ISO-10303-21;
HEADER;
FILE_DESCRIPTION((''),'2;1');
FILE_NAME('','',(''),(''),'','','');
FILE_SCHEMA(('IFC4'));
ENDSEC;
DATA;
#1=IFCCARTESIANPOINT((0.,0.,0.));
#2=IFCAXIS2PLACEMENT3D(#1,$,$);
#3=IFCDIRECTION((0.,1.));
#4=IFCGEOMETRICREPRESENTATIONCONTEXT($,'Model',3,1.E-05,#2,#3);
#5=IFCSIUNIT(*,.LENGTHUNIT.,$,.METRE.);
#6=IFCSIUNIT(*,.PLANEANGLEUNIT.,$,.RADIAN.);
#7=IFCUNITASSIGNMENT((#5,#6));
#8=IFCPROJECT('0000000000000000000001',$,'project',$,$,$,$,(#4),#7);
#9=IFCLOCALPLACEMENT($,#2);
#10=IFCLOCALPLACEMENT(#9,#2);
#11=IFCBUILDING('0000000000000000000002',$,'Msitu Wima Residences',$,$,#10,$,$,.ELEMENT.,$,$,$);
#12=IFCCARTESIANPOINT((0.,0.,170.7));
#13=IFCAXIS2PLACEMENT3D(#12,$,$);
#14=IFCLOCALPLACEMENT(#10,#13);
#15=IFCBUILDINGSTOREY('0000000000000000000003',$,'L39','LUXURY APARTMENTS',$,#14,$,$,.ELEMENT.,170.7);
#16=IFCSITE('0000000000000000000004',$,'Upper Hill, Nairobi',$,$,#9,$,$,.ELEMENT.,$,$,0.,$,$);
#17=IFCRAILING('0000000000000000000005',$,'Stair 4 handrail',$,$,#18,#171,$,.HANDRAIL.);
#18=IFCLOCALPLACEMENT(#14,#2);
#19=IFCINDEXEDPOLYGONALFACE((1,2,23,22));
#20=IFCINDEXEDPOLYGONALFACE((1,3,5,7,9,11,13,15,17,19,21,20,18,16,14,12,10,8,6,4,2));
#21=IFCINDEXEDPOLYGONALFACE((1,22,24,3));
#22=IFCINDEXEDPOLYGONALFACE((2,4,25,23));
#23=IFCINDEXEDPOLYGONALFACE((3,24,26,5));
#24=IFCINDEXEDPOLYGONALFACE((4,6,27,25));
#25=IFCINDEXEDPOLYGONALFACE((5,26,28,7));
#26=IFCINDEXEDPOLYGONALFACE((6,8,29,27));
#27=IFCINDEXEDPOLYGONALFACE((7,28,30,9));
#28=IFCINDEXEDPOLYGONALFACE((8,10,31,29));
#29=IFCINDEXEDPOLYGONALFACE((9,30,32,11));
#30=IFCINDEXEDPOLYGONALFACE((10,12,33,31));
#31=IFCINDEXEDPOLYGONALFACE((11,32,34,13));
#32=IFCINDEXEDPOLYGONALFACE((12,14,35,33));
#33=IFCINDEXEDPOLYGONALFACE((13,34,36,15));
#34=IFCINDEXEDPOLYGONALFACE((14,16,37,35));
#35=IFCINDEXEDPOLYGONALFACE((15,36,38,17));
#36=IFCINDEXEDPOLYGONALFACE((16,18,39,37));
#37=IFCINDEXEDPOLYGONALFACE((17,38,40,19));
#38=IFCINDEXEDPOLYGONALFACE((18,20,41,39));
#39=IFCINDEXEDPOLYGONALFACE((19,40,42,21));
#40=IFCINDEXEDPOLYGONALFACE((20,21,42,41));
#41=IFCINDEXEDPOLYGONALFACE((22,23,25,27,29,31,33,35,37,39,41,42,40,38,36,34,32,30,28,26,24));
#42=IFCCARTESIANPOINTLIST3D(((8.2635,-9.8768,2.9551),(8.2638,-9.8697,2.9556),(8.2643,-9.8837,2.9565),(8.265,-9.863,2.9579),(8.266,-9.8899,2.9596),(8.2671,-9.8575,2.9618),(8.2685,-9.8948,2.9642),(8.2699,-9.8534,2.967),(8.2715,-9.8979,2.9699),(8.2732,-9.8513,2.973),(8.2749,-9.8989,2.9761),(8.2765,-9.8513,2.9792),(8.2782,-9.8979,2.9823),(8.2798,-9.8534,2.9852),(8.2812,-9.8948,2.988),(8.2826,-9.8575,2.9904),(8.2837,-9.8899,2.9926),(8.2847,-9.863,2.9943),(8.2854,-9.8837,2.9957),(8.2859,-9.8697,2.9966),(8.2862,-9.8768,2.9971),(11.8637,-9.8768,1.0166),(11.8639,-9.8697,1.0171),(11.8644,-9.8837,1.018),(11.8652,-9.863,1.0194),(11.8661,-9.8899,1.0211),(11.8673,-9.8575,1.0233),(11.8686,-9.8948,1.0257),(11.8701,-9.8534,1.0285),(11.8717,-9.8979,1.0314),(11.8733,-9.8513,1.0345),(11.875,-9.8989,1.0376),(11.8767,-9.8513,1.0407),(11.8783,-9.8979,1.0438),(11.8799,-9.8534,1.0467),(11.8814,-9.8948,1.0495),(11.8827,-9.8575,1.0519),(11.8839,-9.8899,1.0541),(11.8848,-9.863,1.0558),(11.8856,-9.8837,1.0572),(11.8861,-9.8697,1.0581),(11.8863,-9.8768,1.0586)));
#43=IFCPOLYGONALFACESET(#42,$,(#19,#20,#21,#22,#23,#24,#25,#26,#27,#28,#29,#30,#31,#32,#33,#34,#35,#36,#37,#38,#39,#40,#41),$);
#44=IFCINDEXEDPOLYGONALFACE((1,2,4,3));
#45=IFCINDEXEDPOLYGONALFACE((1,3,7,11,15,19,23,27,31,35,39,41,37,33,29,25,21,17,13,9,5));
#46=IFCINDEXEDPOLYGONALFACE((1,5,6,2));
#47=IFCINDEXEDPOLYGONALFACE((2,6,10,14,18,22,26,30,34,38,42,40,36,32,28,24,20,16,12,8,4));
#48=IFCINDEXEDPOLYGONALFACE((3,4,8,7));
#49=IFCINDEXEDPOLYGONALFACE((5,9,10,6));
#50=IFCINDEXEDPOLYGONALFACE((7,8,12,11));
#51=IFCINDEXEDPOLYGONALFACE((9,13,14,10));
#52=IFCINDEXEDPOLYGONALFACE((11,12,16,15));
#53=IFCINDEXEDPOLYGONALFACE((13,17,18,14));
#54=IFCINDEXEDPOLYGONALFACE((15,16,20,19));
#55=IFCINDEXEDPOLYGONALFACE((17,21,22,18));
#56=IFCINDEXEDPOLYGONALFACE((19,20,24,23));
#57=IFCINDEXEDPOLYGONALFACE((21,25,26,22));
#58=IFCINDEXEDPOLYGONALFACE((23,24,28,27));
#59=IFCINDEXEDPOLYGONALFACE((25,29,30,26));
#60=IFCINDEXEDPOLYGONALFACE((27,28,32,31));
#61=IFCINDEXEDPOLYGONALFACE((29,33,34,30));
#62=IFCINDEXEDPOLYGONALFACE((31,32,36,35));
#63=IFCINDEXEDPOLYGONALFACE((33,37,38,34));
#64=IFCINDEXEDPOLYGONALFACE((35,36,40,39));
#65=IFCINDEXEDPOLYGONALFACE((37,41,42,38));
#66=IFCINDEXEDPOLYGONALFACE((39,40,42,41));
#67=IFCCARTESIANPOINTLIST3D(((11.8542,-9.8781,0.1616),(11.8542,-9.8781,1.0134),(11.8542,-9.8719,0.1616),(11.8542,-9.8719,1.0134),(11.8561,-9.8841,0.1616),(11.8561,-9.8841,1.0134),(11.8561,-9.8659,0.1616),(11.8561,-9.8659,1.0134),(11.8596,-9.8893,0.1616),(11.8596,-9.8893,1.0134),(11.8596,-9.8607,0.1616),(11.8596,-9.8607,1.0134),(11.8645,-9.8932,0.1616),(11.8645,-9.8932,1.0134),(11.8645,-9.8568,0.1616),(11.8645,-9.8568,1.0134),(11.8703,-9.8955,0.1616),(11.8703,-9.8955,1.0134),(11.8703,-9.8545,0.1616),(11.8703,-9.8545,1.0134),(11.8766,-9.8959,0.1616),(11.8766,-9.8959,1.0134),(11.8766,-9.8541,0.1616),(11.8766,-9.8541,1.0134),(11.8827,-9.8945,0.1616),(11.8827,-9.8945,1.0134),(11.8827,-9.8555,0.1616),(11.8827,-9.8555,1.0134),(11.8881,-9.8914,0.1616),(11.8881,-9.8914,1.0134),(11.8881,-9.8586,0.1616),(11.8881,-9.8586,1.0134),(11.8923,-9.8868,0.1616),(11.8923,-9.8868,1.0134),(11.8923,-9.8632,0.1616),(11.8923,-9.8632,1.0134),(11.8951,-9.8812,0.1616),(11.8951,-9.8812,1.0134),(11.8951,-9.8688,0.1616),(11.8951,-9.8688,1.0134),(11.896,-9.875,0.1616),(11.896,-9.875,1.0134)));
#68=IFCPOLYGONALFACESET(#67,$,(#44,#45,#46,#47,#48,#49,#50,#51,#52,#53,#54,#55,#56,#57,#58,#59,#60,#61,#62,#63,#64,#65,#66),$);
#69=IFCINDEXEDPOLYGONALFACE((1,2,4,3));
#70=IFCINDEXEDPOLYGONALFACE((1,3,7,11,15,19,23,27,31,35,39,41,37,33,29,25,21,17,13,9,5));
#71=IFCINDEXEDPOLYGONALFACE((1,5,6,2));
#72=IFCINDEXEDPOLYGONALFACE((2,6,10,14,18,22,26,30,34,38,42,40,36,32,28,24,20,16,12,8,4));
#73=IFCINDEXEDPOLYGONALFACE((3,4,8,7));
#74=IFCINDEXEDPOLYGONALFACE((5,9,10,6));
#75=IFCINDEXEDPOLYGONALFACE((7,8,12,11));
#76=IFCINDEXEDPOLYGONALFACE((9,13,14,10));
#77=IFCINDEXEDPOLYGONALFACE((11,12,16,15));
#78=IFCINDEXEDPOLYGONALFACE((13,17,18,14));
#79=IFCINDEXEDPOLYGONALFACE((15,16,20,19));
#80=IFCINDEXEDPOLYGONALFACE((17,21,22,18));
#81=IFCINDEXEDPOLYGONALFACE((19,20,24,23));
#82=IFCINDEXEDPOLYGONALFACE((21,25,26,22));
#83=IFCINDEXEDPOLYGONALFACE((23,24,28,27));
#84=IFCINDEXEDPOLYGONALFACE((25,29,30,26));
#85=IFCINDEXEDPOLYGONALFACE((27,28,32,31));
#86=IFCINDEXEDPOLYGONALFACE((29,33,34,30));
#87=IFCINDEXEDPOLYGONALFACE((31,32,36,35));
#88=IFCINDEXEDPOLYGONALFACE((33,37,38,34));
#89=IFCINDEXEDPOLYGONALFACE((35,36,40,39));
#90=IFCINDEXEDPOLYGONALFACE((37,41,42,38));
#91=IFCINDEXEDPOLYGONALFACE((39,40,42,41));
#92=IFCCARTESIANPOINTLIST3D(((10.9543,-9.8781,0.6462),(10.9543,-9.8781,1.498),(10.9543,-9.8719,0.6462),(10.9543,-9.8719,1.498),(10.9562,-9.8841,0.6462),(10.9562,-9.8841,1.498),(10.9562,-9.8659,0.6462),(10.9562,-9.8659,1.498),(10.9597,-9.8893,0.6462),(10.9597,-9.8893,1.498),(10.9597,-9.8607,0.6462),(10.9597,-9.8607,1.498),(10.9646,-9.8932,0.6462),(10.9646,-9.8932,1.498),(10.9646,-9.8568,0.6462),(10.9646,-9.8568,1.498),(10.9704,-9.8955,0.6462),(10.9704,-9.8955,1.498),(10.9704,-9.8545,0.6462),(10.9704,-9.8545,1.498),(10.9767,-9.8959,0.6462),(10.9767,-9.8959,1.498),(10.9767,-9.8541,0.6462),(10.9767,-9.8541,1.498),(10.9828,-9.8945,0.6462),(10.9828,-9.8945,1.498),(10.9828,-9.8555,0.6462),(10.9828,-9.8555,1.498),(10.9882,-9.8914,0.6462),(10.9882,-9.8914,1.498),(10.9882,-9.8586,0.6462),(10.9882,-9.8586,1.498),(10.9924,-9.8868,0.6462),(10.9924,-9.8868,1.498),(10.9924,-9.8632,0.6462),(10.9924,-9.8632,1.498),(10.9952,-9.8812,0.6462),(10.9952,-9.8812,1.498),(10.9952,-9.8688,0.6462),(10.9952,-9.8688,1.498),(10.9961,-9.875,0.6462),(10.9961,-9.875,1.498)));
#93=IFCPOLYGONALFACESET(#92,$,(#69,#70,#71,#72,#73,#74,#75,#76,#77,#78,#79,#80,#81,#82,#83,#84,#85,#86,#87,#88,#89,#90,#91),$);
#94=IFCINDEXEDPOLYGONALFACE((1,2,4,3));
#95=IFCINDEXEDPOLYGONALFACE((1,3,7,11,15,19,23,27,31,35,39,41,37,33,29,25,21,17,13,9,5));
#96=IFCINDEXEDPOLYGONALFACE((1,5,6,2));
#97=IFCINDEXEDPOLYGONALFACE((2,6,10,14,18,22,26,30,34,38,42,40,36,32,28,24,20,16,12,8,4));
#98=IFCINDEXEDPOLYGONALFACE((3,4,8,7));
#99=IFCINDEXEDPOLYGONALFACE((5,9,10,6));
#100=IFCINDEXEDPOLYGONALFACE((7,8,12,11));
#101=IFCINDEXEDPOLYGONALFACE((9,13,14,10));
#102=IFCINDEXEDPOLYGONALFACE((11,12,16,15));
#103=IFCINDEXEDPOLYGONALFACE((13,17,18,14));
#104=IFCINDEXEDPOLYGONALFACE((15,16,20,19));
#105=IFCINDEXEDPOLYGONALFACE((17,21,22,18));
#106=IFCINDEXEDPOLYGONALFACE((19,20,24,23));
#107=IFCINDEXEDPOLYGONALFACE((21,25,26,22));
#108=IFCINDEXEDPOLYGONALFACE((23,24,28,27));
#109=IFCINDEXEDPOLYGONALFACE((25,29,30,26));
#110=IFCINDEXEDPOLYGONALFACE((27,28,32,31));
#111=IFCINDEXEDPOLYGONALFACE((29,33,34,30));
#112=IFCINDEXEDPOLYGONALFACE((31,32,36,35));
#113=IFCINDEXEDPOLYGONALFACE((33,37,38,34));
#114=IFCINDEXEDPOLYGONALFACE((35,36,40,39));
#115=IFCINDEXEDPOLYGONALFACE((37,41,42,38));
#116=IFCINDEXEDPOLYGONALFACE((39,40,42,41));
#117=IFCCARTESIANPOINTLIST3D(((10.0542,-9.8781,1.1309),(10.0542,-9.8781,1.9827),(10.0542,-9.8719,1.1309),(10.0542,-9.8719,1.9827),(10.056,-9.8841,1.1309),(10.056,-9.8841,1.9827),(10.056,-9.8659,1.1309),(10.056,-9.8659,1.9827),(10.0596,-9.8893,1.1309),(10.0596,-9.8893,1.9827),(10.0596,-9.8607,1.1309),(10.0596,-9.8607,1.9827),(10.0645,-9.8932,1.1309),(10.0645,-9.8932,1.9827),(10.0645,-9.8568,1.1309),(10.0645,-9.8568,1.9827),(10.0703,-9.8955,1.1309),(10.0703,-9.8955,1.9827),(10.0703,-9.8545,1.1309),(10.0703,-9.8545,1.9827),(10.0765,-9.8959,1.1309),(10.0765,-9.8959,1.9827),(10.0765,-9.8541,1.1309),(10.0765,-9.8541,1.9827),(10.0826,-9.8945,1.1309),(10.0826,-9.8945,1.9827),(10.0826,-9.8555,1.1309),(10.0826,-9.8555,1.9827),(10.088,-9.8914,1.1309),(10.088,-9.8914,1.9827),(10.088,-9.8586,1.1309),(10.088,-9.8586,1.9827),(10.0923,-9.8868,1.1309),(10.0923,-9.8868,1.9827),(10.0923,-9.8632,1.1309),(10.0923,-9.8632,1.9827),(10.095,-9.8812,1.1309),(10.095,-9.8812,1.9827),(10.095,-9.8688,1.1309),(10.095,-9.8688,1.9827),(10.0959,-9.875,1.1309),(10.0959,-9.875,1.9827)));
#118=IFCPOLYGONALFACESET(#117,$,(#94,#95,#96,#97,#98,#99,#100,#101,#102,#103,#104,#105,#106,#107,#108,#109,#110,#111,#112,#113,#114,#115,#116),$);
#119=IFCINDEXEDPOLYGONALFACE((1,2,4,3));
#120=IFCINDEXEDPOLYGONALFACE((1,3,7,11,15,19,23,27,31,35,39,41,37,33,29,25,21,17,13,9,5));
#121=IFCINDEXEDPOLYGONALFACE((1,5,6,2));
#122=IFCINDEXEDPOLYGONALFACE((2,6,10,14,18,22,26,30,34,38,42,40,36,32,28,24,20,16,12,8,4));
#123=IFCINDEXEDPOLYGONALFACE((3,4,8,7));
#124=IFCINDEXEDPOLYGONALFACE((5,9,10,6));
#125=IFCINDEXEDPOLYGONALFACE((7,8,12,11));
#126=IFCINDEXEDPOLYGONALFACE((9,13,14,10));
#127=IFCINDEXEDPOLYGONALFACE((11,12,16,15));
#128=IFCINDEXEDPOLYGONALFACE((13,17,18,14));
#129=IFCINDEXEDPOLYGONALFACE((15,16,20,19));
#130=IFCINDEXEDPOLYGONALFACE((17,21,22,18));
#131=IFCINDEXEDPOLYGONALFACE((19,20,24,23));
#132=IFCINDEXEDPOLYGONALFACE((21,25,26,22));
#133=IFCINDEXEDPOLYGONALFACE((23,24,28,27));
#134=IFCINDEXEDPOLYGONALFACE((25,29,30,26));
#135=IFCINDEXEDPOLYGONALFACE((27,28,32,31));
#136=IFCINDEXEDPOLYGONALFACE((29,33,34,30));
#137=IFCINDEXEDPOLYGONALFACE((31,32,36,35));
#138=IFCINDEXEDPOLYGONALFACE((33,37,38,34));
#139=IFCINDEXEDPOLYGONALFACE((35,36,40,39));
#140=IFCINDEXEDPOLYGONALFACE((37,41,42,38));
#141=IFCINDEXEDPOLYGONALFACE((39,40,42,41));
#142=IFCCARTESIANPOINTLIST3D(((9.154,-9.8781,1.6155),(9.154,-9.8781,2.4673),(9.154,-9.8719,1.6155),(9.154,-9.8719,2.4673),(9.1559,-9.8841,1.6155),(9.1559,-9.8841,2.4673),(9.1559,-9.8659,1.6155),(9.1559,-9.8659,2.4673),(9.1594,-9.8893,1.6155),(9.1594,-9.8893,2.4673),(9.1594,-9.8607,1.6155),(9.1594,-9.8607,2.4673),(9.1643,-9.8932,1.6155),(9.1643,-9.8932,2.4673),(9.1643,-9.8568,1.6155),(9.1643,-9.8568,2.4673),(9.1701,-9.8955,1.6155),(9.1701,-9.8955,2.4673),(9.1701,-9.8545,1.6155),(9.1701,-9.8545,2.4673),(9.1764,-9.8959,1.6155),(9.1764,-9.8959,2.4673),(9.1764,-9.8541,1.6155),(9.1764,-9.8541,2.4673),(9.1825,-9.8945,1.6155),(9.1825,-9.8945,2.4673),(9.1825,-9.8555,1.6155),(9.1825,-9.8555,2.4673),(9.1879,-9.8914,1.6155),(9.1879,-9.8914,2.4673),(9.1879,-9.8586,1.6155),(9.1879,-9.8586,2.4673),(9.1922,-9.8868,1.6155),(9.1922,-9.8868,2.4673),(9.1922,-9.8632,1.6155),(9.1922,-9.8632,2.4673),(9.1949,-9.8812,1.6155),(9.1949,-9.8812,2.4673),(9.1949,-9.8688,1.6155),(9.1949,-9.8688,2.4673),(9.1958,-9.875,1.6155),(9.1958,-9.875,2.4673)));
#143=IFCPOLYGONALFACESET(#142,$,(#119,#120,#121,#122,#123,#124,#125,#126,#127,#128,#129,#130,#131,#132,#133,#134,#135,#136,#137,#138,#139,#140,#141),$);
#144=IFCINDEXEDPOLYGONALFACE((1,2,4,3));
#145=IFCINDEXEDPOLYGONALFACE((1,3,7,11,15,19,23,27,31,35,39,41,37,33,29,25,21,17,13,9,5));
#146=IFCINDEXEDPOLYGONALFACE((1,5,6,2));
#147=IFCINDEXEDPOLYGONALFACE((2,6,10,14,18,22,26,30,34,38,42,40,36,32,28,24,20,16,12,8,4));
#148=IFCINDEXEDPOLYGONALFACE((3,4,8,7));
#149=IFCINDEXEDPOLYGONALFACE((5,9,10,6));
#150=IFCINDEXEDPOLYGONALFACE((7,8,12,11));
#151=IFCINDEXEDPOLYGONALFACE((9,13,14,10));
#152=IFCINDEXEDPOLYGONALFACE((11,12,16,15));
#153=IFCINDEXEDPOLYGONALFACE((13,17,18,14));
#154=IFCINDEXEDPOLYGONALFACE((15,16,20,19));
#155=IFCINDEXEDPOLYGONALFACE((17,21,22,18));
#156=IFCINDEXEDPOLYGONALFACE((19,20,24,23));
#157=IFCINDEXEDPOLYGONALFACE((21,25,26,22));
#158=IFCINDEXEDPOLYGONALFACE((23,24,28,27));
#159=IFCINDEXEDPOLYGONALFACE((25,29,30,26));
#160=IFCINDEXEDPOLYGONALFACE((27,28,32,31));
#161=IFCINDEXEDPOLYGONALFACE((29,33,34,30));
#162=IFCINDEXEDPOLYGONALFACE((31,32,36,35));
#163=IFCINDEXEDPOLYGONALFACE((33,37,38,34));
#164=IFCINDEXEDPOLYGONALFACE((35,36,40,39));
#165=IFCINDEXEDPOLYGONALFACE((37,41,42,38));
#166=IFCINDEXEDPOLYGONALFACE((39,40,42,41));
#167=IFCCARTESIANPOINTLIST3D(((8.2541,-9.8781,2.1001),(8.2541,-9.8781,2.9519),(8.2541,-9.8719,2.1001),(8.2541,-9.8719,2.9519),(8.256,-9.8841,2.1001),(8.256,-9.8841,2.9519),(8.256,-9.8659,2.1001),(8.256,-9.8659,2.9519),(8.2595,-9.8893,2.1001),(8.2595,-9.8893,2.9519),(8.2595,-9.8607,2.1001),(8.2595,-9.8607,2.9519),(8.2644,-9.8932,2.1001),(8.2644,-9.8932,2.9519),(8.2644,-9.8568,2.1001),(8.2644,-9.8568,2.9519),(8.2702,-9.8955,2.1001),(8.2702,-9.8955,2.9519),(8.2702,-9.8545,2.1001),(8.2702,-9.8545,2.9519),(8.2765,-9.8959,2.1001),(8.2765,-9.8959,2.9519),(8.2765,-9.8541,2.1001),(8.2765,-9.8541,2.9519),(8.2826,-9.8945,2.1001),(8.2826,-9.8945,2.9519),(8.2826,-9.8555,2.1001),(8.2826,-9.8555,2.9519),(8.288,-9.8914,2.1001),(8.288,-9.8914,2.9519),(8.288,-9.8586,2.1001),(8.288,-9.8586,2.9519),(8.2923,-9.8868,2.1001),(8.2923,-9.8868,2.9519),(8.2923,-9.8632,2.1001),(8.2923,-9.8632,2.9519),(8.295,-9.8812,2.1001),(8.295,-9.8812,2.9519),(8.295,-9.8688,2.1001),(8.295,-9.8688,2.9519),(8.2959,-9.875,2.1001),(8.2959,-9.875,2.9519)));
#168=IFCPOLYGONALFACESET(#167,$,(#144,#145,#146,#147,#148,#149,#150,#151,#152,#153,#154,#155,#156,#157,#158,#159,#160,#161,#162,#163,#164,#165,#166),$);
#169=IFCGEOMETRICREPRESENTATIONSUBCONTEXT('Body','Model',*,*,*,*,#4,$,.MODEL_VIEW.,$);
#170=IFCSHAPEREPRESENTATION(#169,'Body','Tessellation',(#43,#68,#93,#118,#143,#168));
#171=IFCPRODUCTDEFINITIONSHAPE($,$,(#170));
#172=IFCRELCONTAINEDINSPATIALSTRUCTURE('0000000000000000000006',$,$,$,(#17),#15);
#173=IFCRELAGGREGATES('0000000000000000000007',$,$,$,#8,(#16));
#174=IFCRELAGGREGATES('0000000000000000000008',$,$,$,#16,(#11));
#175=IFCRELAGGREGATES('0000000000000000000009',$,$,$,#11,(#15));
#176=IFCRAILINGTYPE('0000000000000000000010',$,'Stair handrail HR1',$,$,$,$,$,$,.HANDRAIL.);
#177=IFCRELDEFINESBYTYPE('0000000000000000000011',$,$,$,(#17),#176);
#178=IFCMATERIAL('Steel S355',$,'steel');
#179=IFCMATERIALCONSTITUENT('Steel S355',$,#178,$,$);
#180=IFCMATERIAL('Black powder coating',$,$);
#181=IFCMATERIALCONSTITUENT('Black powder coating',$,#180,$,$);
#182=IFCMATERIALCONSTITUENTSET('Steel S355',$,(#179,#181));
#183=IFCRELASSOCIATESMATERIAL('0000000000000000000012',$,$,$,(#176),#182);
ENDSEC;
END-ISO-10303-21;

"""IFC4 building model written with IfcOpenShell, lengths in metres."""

from ifc_helpers import new_model, si_unit, direction, frame, origin, origin_2d, place, context, subcontext, project, spatial, circle, extrude, material, constituent, constituent_set, type_object, element, save


model = new_model("IFC4")

# Units and contexts
model_context = context("Model", 3, precision=1e-05, world=origin(), true_north=direction((0.0, 1.0)))
body_context = subcontext(model_context, "Body", "Model", "MODEL_VIEW")
ifc_project = project(units=[si_unit("LENGTHUNIT", "METRE"), si_unit("PLANEANGLEUNIT", "RADIAN")], contexts=[model_context])

# Site, building, storey
site_placement = place(None, origin())
site = spatial("IfcSite", under=ifc_project, at=site_placement, Name="Upper Hill, Nairobi", CompositionType="ELEMENT", RefElevation=0.0)
building_placement = place(site_placement, origin())
building = spatial("IfcBuilding", under=site, at=building_placement, Name="Msitu Wima Residences", CompositionType="ELEMENT")
storey_placement = place(building_placement, frame((0.0, 0.0, 170.7)))
storey = spatial("IfcBuildingStorey", under=building, at=storey_placement, Name="L39", Description="LUXURY APARTMENTS", CompositionType="ELEMENT", Elevation=170.7)

# Railing
ifc_material_1 = material(Name="Steel S355", Category="steel")
ifc_constituent_1 = constituent(ifc_material_1, Name="Steel S355")
ifc_material_2 = material(Name="Black powder coating")
ifc_constituent_2 = constituent(ifc_material_2, Name="Black powder coating")
ifc_constituent_set = constituent_set(constituents=[ifc_constituent_1, ifc_constituent_2], Name="Steel S355")
railing_type = type_object("IfcRailingType", Name="Stair handrail HR1", PredefinedType="HANDRAIL", material=ifc_constituent_set)
for number, where, name in (
    (1, (11.875, -9.875, 0.1616), "Stair 4 handrail"),
):
    element("IfcRailing", number, at=place(storey_placement, frame(where)), inside=storey, type_object=railing_type, Name=name, PredefinedType="HANDRAIL", context=body_context, shape_type="SweptSolid", body=[
        extrude(circle(Radius=0.0239, at=origin_2d()), frame((0.0, 0.0, 0.876), z_axis=(-0.880475, 0.0, 0.474093), x_axis=(0.0, -1.0, 0.0)), (0.0, 0.0, 1.0), 4.0889),
        extrude(circle(Radius=0.021, at=origin_2d()), origin(), (0.0, 0.0, 1.0), 0.8518),
        extrude(circle(Radius=0.021, at=origin_2d()), frame((-0.8999, 0.0, 0.4846)), (0.0, 0.0, 1.0), 0.8518),
        extrude(circle(Radius=0.021, at=origin_2d()), frame((-1.8, 0.0, 0.9692)), (0.0, 0.0, 1.0), 0.8518),
        extrude(circle(Radius=0.021, at=origin_2d()), frame((-2.7002, 0.0, 1.4539)), (0.0, 0.0, 1.0), 0.8518),
        extrude(circle(Radius=0.021, at=origin_2d()), frame((-3.6001, 0.0, 1.9385)), (0.0, 0.0, 1.0), 0.8518),
    ])

save(model, "model.ifc")
